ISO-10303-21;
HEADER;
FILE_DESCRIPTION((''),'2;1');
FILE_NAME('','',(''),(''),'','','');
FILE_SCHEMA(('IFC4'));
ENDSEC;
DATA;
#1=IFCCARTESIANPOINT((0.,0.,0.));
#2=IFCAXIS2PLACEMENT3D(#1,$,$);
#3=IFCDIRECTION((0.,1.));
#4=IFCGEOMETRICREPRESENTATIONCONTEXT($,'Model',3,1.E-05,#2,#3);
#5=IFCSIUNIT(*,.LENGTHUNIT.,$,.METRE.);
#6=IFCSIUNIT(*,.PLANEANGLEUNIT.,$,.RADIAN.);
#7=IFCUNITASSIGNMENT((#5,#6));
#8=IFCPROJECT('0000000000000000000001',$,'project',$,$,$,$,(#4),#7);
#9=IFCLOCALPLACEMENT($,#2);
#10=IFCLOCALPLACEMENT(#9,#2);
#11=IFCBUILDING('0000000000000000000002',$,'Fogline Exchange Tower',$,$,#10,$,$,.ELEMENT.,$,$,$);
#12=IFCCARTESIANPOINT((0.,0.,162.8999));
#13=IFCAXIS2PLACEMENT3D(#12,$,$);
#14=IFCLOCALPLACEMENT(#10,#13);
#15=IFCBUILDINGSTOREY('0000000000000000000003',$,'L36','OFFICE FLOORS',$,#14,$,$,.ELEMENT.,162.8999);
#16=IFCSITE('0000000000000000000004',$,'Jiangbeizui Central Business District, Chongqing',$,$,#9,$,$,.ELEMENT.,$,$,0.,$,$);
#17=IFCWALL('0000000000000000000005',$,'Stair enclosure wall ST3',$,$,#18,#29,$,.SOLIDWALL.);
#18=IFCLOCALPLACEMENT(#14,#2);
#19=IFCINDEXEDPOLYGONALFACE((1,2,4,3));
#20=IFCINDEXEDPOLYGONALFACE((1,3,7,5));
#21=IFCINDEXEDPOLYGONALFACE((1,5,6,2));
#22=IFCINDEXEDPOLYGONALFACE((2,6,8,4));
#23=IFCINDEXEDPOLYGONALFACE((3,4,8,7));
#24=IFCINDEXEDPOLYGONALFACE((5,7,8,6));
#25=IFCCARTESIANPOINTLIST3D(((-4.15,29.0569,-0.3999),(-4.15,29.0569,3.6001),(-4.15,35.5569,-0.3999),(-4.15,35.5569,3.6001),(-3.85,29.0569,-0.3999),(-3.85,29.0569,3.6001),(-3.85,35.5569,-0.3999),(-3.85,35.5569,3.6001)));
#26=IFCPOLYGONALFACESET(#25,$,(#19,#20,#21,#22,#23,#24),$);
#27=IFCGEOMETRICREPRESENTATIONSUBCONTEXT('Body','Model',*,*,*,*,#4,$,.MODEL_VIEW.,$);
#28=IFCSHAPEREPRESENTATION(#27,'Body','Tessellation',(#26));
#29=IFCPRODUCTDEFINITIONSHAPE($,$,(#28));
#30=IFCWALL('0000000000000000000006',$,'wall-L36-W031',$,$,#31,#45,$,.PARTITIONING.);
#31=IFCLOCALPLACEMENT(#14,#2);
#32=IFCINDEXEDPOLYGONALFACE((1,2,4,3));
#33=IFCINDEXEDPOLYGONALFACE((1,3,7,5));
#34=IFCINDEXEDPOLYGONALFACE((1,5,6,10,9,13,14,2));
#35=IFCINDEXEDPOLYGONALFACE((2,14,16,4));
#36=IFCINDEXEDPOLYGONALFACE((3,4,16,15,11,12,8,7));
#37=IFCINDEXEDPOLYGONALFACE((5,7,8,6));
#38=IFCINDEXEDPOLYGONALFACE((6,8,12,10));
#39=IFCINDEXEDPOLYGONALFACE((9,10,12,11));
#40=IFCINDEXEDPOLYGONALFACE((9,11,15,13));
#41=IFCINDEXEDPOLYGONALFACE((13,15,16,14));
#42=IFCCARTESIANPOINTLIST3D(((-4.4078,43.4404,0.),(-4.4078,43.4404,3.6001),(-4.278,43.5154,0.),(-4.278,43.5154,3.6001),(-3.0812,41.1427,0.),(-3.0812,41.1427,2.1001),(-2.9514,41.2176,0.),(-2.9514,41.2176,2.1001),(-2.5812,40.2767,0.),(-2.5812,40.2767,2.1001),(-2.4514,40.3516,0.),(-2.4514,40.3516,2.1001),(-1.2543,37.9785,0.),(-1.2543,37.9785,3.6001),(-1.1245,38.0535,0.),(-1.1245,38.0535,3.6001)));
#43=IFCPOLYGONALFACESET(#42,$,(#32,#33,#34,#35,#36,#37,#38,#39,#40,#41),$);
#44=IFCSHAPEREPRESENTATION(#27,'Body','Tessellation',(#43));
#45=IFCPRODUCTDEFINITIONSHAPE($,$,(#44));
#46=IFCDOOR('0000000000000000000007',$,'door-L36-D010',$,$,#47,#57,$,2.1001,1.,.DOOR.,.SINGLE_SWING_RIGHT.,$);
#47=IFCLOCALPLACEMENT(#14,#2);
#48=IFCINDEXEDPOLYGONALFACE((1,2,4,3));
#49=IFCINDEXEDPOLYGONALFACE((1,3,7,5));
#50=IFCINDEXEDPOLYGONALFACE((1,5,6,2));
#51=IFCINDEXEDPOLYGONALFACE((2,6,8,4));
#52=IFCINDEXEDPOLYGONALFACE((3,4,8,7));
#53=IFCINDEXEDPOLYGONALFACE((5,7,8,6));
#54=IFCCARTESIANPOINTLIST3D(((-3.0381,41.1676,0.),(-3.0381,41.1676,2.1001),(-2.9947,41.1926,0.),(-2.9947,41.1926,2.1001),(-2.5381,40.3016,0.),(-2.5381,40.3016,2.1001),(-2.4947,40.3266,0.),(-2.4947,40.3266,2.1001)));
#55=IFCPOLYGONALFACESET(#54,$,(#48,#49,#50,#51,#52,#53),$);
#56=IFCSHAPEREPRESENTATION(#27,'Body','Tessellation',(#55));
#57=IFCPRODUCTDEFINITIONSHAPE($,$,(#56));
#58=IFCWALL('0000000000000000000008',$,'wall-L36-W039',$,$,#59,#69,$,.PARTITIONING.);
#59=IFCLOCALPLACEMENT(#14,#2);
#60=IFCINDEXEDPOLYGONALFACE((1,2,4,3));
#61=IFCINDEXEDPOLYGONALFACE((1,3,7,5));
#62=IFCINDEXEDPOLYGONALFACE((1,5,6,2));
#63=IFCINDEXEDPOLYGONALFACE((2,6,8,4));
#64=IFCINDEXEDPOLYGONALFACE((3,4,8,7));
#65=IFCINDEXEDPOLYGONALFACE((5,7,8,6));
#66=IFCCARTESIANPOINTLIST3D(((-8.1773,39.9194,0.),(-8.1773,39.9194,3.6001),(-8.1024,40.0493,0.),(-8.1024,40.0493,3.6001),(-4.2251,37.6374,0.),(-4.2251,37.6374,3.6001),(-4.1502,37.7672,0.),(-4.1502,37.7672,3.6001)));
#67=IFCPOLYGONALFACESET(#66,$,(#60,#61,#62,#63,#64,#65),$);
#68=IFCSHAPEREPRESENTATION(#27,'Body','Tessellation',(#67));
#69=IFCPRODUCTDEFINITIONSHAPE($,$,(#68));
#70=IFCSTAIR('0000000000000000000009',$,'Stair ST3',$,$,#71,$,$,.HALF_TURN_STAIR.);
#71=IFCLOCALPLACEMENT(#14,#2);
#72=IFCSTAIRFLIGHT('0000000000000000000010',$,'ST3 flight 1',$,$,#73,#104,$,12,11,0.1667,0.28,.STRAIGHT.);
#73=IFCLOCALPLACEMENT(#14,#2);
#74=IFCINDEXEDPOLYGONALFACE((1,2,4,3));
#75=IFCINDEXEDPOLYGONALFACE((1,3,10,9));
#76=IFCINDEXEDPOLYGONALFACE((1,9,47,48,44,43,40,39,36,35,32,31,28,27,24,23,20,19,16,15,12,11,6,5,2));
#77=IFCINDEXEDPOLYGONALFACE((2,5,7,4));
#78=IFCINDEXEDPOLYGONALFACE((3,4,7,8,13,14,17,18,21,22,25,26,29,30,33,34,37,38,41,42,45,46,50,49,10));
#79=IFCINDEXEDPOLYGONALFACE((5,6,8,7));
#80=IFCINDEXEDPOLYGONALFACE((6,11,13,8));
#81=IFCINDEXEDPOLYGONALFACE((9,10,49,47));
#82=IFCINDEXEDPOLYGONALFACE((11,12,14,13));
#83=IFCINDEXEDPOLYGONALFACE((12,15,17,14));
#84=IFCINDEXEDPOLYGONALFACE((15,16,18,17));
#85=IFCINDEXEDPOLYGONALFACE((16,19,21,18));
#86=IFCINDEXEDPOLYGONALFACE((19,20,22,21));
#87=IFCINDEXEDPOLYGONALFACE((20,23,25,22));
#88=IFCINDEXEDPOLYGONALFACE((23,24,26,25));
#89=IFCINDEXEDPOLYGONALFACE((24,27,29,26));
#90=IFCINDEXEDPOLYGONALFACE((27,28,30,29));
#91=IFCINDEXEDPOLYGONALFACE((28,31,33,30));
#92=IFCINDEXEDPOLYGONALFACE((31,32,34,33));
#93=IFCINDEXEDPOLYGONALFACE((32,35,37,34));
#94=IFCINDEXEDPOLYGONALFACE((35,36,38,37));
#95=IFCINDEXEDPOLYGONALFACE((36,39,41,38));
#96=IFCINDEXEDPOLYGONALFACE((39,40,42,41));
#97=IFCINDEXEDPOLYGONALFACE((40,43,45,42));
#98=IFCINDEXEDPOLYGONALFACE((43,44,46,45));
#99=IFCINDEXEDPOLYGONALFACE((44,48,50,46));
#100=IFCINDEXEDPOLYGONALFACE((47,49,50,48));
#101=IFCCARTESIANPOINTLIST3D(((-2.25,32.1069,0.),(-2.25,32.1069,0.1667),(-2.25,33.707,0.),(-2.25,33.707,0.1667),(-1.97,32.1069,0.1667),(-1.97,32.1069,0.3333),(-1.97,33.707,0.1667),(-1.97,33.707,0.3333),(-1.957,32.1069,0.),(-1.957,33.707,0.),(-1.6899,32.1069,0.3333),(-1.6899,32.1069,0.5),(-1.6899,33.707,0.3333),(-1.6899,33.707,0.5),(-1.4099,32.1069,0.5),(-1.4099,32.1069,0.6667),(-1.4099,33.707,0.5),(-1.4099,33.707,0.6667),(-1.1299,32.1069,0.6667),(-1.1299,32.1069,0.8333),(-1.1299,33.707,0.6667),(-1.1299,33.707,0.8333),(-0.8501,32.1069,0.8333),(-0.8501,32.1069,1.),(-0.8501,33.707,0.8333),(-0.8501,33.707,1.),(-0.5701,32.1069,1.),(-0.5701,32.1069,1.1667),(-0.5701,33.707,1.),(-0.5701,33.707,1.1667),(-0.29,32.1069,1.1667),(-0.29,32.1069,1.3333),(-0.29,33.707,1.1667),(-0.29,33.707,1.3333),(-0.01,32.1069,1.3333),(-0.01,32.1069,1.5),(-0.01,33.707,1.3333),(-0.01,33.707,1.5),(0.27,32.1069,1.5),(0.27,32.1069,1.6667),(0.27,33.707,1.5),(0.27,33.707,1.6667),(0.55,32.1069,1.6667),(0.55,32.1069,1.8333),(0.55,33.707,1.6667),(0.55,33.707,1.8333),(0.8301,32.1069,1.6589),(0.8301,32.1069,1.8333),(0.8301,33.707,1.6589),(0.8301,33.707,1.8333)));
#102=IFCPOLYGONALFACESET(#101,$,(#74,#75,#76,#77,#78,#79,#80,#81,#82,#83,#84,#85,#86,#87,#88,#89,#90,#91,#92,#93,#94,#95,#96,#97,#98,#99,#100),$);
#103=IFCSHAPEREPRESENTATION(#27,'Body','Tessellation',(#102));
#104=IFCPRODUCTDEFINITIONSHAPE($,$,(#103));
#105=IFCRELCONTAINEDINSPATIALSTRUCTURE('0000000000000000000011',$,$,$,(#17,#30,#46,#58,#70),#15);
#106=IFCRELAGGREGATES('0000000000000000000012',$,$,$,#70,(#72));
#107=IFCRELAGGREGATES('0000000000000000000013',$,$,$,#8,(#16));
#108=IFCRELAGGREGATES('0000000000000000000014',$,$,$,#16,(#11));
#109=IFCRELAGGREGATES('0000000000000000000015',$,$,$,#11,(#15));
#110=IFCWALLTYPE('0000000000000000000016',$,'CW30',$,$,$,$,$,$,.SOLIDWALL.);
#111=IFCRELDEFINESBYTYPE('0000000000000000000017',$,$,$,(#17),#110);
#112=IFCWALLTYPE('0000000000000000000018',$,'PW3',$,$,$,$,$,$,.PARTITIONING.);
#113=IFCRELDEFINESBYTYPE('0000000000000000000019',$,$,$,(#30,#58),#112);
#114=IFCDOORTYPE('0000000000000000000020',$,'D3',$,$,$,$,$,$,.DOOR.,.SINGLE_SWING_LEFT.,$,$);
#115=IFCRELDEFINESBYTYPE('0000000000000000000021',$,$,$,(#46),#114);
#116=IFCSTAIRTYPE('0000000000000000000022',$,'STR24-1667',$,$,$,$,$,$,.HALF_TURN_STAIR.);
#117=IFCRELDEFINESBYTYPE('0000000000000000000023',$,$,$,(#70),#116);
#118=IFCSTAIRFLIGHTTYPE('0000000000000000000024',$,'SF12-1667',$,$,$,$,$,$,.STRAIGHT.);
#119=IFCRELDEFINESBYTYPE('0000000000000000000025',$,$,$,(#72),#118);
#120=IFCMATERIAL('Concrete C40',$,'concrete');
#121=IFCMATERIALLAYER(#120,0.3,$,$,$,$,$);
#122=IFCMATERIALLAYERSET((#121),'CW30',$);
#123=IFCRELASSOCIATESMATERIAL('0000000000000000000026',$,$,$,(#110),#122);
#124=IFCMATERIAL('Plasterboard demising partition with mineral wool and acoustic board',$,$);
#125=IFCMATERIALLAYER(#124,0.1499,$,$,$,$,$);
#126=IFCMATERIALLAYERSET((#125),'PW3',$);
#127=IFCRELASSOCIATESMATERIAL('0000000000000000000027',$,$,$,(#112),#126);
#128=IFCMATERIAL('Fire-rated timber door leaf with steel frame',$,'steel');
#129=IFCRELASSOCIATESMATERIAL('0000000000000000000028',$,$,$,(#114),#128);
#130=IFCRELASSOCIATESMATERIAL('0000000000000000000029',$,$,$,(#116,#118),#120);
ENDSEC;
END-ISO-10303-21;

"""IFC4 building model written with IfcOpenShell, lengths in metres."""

from ifc_helpers import new_model, si_unit, direction, frame, frame_2d, origin, place, context, subcontext, project, spatial, polyline, rectangle, outline, extrude, material, layer, layer_set, type_object, element, fill, aggregate, save


model = new_model("IFC4")

# Units and contexts
model_context = context("Model", 3, precision=1e-05, world=origin(), true_north=direction((0.0, 1.0)))
body_context = subcontext(model_context, "Body", "Model", "MODEL_VIEW")
ifc_project = project(units=[si_unit("LENGTHUNIT", "METRE"), si_unit("PLANEANGLEUNIT", "RADIAN")], contexts=[model_context])

# Site, building, storey
site_placement = place(None, origin())
site = spatial("IfcSite", under=ifc_project, at=site_placement, Name="Jiangbeizui Central Business District, Chongqing", CompositionType="ELEMENT", RefElevation=0.0)
building_placement = place(site_placement, origin())
building = spatial("IfcBuilding", under=site, at=building_placement, Name="Fogline Exchange Tower", CompositionType="ELEMENT")
storey_placement = place(building_placement, frame((0.0, 0.0, 162.8999)))
storey = spatial("IfcBuildingStorey", under=building, at=storey_placement, Name="L36", Description="OFFICE FLOORS", CompositionType="ELEMENT", Elevation=162.8999)

# Shared definitions
ifc_material_1 = material(Name="Concrete C40", Category="concrete")

# Shared definitions
ifc_layer_1 = layer(ifc_material_1, 0.3)
ifc_layer_set_1 = layer_set([ifc_layer_1], Name="CW30")
wall_type_1 = type_object("IfcWallType", Name="CW30", PredefinedType="SOLIDWALL", material=ifc_layer_set_1)

# Wall
wall_1_placement = place(storey_placement, frame((-4.0, 29.0569, -0.3999), z_axis=(0.0, 0.0, 1.0), x_axis=(0.0, 1.0, 0.0)))
element("IfcWall", 1, at=wall_1_placement, inside=storey, type_object=wall_type_1, Name="Stair enclosure wall ST3", PredefinedType="SOLIDWALL", context=body_context, shape_type="SweptSolid", body=[
    extrude(rectangle(XDim=6.5, YDim=0.3, at=frame_2d((3.25, 0.0))), origin(), (0.0, 0.0, 1.0), 4.0),
])

# Wall, opening, door
ifc_material_2 = material(Name="Plasterboard demising partition with mineral wool and acoustic board")
ifc_layer_2 = layer(ifc_material_2, 0.1499)
ifc_layer_set_2 = layer_set([ifc_layer_2], Name="PW3")
wall_type_2 = type_object("IfcWallType", Name="PW3", PredefinedType="PARTITIONING", material=ifc_layer_set_2)
wall_2_placement = place(storey_placement, frame((-1.1895, 38.0161, 0.0), z_axis=(0.0, 0.0, 1.0), x_axis=(-0.500015, 0.866017, 0.0)))
wall_2 = element("IfcWall", 2, at=wall_2_placement, inside=storey, type_object=wall_type_2, Name="wall-L36-W031", PredefinedType="PARTITIONING", context=body_context, shape_type="SweptSolid", body=[
    extrude(rectangle(XDim=6.3069, YDim=0.1499, at=frame_2d((3.1533, 0.0))), origin(), (0.0, 0.0, 1.0), 3.6001),
])
opening_1_placement = place(wall_2_placement, frame((2.6536, 0.0, 0.0)))
opening_1 = element("IfcOpeningElement", 3, at=opening_1_placement, cuts=wall_2, PredefinedType="OPENING", context=body_context, shape_type="SweptSolid", body=[
    extrude(rectangle(XDim=1.0, YDim=2.1001, at=frame_2d((0.5, 1.05))), frame((0.0, 0.085, 0.0), z_axis=(0.0, -1.0, 0.0), x_axis=(1.0, 0.0, 0.0)), (0.0, 0.0, 1.0), 0.1699),
])
ifc_material_3 = material(Name="Fire-rated timber door leaf with steel frame", Category="steel")
door_type_1 = type_object("IfcDoorType", Name="D3", OperationType="SINGLE_SWING_LEFT", PredefinedType="DOOR", material=ifc_material_3)
door_1_placement = place(opening_1_placement, frame((1.0, 0.0, 0.0), z_axis=(0.0, 0.0, 1.0), x_axis=(-1.0, 0.0, 0.0)))
door_1 = element("IfcDoor", 4, at=door_1_placement, inside=storey, type_object=door_type_1, Name="door-L36-D010", OperationType="SINGLE_SWING_RIGHT", OverallHeight=2.1001, OverallWidth=1.0, PredefinedType="DOOR", context=body_context, shape_type="SweptSolid", body=[
    extrude(rectangle(XDim=1.0, YDim=2.1001, at=frame_2d((0.5, 1.05))), frame((0.0, 0.0249, 0.0), z_axis=(0.0, -1.0, 0.0), x_axis=(1.0, 0.0, 0.0)), (0.0, 0.0, 1.0), 0.05),
])
fill(opening_1, door_1)

# Wall
wall_3_placement = place(storey_placement, frame((-4.1877, 37.7024, 0.0), z_axis=(0.0, 0.0, 1.0), x_axis=(-0.866006, 0.500034, 0.0)))
element("IfcWall", 5, at=wall_3_placement, inside=storey, type_object=wall_type_2, Name="wall-L36-W039", PredefinedType="PARTITIONING", context=body_context, shape_type="SweptSolid", body=[
    extrude(rectangle(XDim=4.5637, YDim=0.1499, at=frame_2d((2.2817, 0.0))), origin(), (0.0, 0.0, 1.0), 3.6001),
])

# Stair, stair flight
stair_type = type_object("IfcStairType", Name="STR24-1667", PredefinedType="HALF_TURN_STAIR", material=ifc_material_1)
stair_placement = place(storey_placement, origin())
stair = element("IfcStair", 6, at=stair_placement, inside=storey, type_object=stair_type, Name="Stair ST3", PredefinedType="HALF_TURN_STAIR")
stair_flight_type = type_object("IfcStairFlightType", Name="SF12-1667", PredefinedType="STRAIGHT", material=ifc_material_1)
stair_flight_placement = place(storey_placement, frame((-2.25, 32.907, 0.0), z_axis=(0.0, 0.0, 1.0), x_axis=(1.0, 0.0, 0.0)))
stair_flight = element("IfcStairFlight", 7, at=stair_flight_placement, type_object=stair_flight_type, Name="ST3 flight 1", NumberOfRisers=12, NumberOfTreads=11, PredefinedType="STRAIGHT", RiserHeight=0.1667, TreadLength=0.28, context=body_context, shape_type="SweptSolid", body=[
    extrude(outline(polyline([(0.0, 0.0), (0.0, 0.1667), (0.28, 0.1667), (0.28, 0.3333), (0.5601, 0.3333), (0.5601, 0.5), (0.8401, 0.5), (0.8401, 0.6667), (1.1201, 0.6667), (1.1201, 0.8333), (1.3999, 0.8333), (1.3999, 1.0), (1.6799, 1.0), (1.6799, 1.1667), (1.96, 1.1667), (1.96, 1.3333), (2.24, 1.3333), (2.24, 1.5), (2.52, 1.5), (2.52, 1.6667), (2.8, 1.6667), (2.8, 1.8333), (3.0801, 1.8333), (3.0801, 2.0), (3.0801, 1.6589), (0.293, 0.0), (0.0, 0.0)])), frame((0.0, 0.8, 0.0), z_axis=(0.0, -1.0, 0.0), x_axis=(1.0, 0.0, 0.0)), (0.0, 0.0, 1.0), 1.6001),
])
aggregate(stair, [stair_flight])

save(model, "model.ifc")
